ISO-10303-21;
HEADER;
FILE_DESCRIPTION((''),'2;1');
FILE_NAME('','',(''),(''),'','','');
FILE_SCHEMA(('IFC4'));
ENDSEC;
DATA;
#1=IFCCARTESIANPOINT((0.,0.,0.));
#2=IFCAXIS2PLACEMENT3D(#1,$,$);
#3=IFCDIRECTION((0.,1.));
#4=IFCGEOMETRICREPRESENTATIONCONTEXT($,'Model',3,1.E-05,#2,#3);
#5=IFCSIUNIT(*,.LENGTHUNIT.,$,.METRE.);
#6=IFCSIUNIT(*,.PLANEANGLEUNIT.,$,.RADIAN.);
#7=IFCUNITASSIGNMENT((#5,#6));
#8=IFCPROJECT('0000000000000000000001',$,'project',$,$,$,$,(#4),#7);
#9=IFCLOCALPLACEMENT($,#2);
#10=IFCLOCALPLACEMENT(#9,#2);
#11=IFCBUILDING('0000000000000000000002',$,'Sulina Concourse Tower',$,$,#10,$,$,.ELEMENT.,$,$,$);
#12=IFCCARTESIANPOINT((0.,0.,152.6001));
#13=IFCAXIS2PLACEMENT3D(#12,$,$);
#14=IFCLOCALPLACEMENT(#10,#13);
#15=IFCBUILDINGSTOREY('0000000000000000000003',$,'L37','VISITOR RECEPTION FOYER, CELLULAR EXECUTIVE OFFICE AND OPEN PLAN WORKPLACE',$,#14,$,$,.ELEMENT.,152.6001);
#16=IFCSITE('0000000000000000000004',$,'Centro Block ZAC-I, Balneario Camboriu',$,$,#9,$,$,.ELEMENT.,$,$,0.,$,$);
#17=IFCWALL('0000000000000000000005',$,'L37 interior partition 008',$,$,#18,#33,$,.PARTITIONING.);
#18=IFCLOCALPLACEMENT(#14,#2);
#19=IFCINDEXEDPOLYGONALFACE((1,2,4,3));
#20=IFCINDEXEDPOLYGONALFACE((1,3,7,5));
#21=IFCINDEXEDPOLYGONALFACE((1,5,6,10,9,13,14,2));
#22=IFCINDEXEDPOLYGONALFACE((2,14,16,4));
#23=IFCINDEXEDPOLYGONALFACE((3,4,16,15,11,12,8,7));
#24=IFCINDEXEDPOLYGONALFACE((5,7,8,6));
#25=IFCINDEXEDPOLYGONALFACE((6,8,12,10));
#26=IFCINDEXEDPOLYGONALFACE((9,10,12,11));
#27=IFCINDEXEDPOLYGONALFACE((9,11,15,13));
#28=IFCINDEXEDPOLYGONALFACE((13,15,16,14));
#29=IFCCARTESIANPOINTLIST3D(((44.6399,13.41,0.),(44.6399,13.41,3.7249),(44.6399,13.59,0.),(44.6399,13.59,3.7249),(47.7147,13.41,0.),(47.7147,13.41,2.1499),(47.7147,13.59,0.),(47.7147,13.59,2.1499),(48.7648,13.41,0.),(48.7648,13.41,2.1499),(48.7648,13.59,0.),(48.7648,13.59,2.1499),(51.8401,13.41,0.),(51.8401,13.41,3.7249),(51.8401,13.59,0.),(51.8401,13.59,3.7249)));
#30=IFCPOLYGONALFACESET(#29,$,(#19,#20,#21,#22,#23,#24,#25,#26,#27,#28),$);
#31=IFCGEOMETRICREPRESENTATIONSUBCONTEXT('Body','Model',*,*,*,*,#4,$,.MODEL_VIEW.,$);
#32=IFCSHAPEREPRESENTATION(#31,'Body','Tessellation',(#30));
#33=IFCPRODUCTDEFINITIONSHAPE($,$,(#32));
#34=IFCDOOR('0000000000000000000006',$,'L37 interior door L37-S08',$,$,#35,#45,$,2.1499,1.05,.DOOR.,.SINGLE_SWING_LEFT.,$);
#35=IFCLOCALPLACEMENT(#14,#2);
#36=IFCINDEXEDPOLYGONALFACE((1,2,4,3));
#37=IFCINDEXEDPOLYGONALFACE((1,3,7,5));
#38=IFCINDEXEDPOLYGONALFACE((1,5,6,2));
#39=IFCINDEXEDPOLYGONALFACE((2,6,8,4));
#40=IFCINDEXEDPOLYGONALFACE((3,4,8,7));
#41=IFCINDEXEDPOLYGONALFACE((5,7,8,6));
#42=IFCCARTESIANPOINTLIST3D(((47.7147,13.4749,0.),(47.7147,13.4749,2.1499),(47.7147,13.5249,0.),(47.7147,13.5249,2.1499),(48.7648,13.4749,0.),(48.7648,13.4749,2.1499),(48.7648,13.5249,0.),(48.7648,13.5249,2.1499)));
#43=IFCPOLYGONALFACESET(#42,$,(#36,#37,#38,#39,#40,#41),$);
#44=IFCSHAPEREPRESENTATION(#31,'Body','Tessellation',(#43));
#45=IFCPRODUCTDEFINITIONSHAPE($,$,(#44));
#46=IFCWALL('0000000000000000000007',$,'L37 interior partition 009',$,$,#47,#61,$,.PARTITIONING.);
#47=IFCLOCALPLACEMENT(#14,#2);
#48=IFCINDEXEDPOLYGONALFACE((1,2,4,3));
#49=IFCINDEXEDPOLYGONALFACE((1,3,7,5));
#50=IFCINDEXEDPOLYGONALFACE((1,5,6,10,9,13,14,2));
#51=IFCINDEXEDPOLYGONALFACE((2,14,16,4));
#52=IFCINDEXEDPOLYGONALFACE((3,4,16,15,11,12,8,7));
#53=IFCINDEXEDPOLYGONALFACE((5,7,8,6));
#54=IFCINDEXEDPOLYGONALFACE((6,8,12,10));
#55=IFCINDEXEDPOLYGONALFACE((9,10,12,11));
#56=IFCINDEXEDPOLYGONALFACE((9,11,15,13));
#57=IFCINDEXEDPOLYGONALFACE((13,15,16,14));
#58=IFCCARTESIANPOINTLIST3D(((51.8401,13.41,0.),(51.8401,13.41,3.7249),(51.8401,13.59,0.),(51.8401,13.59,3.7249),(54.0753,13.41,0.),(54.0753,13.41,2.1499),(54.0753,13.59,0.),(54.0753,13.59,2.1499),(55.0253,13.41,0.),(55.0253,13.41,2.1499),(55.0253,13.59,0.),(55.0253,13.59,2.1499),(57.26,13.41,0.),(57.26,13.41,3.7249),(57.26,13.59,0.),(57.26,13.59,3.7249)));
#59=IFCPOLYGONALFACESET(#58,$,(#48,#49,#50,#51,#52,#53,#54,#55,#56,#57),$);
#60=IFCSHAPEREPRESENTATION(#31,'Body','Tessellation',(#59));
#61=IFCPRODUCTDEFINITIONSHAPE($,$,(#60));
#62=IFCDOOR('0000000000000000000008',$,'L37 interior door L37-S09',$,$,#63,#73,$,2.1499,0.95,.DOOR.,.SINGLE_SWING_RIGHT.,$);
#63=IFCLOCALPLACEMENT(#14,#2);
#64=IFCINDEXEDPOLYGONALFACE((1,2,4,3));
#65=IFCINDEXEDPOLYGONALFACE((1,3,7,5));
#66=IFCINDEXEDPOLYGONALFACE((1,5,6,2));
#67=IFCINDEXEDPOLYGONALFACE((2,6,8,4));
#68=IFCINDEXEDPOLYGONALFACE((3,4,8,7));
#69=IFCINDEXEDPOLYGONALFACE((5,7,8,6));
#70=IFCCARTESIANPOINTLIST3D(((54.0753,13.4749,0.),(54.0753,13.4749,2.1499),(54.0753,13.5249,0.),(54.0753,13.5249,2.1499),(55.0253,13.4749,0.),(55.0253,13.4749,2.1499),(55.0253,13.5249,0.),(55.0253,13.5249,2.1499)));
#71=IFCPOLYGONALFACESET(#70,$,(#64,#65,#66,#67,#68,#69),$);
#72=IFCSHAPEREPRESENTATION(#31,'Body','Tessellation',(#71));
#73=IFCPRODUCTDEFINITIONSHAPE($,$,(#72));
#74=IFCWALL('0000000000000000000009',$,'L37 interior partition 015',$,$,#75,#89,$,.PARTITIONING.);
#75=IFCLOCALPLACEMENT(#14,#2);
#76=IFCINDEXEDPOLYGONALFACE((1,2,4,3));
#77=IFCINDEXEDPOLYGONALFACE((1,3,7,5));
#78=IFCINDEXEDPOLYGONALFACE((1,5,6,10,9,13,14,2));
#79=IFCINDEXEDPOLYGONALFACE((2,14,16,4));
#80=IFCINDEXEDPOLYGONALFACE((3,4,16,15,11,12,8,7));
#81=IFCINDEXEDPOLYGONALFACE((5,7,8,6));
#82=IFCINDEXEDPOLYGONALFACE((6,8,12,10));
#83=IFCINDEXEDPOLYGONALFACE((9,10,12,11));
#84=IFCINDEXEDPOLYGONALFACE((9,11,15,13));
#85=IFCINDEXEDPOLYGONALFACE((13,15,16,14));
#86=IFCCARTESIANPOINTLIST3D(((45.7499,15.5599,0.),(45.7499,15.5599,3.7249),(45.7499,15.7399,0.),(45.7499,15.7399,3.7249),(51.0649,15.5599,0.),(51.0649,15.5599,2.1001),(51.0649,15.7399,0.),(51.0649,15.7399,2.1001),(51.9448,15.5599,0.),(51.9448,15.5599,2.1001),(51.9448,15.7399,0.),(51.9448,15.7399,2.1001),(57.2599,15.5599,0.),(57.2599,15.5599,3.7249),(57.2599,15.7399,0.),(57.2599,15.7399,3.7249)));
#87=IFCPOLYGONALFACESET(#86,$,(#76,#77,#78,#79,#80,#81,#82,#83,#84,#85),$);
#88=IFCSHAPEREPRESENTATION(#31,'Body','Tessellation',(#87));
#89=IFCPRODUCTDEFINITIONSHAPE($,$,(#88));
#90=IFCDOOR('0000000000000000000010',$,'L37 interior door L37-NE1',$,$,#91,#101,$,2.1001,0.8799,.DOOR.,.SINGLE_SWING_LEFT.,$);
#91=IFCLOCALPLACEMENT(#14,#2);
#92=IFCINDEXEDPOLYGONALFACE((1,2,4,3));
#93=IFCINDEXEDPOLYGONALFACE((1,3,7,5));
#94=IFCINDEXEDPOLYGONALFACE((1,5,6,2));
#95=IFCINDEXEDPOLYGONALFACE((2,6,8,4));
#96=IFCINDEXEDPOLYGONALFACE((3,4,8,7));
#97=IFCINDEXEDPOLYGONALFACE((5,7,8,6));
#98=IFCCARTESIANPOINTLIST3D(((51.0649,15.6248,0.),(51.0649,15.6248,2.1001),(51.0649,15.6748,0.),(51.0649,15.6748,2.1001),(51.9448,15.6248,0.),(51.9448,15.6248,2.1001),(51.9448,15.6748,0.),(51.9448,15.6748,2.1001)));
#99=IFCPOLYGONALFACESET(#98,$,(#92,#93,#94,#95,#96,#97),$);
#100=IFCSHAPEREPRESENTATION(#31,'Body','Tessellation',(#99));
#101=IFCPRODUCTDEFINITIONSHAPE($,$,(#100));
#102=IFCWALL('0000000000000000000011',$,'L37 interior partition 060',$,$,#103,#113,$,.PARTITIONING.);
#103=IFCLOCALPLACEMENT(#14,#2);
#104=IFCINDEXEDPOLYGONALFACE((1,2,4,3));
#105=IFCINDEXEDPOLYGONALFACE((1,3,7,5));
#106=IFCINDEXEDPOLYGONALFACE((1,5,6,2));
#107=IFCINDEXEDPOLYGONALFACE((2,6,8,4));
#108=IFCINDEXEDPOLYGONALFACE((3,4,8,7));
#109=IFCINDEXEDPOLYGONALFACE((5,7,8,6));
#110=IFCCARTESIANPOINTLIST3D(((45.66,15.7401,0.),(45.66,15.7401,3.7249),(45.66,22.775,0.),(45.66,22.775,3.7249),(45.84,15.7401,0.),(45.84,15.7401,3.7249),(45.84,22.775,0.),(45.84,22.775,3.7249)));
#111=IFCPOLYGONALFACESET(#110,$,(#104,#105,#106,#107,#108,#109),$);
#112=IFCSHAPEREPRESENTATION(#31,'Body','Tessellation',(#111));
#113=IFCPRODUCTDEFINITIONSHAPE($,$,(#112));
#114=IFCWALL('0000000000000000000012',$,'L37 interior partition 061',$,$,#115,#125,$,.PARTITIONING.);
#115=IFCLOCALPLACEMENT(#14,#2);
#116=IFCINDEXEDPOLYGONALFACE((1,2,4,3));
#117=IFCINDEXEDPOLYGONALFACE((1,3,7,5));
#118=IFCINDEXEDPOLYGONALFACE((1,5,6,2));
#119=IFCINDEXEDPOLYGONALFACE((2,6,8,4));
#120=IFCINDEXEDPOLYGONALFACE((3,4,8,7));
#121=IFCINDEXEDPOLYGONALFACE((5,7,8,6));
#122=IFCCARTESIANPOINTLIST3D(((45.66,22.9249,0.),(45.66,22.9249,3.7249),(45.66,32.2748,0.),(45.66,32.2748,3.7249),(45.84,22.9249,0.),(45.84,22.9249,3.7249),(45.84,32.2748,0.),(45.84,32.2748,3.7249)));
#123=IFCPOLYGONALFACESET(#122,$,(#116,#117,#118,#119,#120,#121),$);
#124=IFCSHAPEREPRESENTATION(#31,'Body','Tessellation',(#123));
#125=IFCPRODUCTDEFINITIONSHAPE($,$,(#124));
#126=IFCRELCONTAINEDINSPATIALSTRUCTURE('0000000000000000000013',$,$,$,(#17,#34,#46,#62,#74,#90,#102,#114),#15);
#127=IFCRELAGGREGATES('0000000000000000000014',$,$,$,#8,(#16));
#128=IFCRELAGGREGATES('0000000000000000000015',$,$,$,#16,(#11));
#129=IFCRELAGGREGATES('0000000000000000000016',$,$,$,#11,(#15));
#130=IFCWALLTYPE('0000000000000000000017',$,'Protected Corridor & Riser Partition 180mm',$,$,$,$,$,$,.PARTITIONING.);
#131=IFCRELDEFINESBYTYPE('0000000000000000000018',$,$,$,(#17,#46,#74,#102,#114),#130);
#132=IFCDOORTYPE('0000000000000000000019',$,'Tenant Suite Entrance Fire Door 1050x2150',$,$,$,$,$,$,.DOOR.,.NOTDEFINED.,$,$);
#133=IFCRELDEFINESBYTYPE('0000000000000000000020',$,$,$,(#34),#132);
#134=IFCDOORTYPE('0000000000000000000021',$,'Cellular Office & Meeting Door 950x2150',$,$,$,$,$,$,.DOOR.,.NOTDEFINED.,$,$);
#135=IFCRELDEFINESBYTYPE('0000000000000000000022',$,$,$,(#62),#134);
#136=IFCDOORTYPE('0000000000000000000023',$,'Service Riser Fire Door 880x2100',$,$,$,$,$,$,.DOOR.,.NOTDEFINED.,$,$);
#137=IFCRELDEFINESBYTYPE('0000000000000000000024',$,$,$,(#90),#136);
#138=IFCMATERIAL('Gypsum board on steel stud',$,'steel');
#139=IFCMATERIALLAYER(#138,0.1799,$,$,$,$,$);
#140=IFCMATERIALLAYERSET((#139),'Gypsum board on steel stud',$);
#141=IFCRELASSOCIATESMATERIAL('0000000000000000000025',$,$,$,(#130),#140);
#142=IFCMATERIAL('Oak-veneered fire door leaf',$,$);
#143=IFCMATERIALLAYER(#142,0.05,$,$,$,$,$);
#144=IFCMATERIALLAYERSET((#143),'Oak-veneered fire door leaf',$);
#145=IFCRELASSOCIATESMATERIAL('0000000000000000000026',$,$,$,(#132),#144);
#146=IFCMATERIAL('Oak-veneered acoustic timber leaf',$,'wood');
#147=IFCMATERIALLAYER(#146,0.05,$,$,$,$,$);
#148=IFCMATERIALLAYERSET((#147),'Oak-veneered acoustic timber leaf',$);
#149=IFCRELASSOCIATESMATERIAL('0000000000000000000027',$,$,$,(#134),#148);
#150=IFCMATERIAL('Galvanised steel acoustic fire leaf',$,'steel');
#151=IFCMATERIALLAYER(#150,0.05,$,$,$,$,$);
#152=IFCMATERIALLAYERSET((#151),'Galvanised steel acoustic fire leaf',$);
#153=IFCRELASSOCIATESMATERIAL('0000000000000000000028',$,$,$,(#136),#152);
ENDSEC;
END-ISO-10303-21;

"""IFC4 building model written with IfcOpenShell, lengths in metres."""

from ifc_helpers import new_model, si_unit, direction, frame, frame_2d, origin, place, context, subcontext, project, spatial, rectangle, extrude, material, layer, layer_set, type_object, element, fill, save


model = new_model("IFC4")

# Units and contexts
model_context = context("Model", 3, precision=1e-05, world=origin(), true_north=direction((0.0, 1.0)))
body_context = subcontext(model_context, "Body", "Model", "MODEL_VIEW")
ifc_project = project(units=[si_unit("LENGTHUNIT", "METRE"), si_unit("PLANEANGLEUNIT", "RADIAN")], contexts=[model_context])

# Site, building, storey
site_placement = place(None, origin())
site = spatial("IfcSite", under=ifc_project, at=site_placement, Name="Centro Block ZAC-I, Balneario Camboriu", CompositionType="ELEMENT", RefElevation=0.0)
building_placement = place(site_placement, origin())
building = spatial("IfcBuilding", under=site, at=building_placement, Name="Sulina Concourse Tower", CompositionType="ELEMENT")
storey_placement = place(building_placement, frame((0.0, 0.0, 152.6001)))
storey = spatial("IfcBuildingStorey", under=building, at=storey_placement, Name="L37", Description="VISITOR RECEPTION FOYER, CELLULAR EXECUTIVE OFFICE AND OPEN PLAN WORKPLACE", CompositionType="ELEMENT", Elevation=152.6001)

# Walls, openings, doors
ifc_material_1 = material(Name="Gypsum board on steel stud", Category="steel")
ifc_layer_1 = layer(ifc_material_1, 0.1799)
ifc_layer_set_1 = layer_set([ifc_layer_1], Name="Gypsum board on steel stud")
wall_type_1 = type_object("IfcWallType", Name="Protected Corridor & Riser Partition 180mm", PredefinedType="PARTITIONING", material=ifc_layer_set_1)
wall_1_placement = place(storey_placement, frame((44.6399, 13.5, 0.0), z_axis=(0.0, 0.0, 1.0), x_axis=(1.0, 0.0, 0.0)))
wall_1 = element("IfcWall", 1, at=wall_1_placement, inside=storey, type_object=wall_type_1, Name="L37 interior partition 008", PredefinedType="PARTITIONING", context=body_context, shape_type="SweptSolid", body=[
    extrude(rectangle(XDim=7.2002, YDim=0.1799, at=frame_2d((3.6001, 0.0))), origin(), (0.0, 0.0, 1.0), 3.7249),
])
opening_1_placement = place(wall_1_placement, frame((3.075, 0.0, 0.0)))
opening_1 = element("IfcOpeningElement", 2, at=opening_1_placement, cuts=wall_1, PredefinedType="OPENING", context=body_context, shape_type="SweptSolid", body=[
    extrude(rectangle(XDim=1.05, YDim=2.1499, at=frame_2d((0.5249, 1.075))), frame((0.0, 0.0999, 0.0), z_axis=(0.0, -1.0, 0.0), x_axis=(1.0, 0.0, 0.0)), (0.0, 0.0, 1.0), 0.2),
])
ifc_material_2 = material(Name="Oak-veneered fire door leaf")
ifc_layer_2 = layer(ifc_material_2, 0.05)
ifc_layer_set_2 = layer_set([ifc_layer_2], Name="Oak-veneered fire door leaf")
door_type_1 = type_object("IfcDoorType", Name="Tenant Suite Entrance Fire Door 1050x2150", OperationType="NOTDEFINED", PredefinedType="DOOR", material=ifc_layer_set_2)
door_1_placement = place(opening_1_placement, origin())
door_1 = element("IfcDoor", 3, at=door_1_placement, inside=storey, type_object=door_type_1, Name="L37 interior door L37-S08", OperationType="SINGLE_SWING_LEFT", OverallHeight=2.1499, OverallWidth=1.05, PredefinedType="DOOR", context=body_context, shape_type="SweptSolid", body=[
    extrude(rectangle(XDim=1.05, YDim=2.1499, at=frame_2d((0.5249, 1.075))), frame((0.0, 0.0249, 0.0), z_axis=(0.0, -1.0, 0.0), x_axis=(1.0, 0.0, 0.0)), (0.0, 0.0, 1.0), 0.05),
])
fill(opening_1, door_1)
wall_2_placement = place(storey_placement, frame((51.8401, 13.5, 0.0), z_axis=(0.0, 0.0, 1.0), x_axis=(1.0, 0.0, 0.0)))
wall_2 = element("IfcWall", 4, at=wall_2_placement, inside=storey, type_object=wall_type_1, Name="L37 interior partition 009", PredefinedType="PARTITIONING", context=body_context, shape_type="SweptSolid", body=[
    extrude(rectangle(XDim=5.4199, YDim=0.1799, at=frame_2d((2.71, 0.0))), origin(), (0.0, 0.0, 1.0), 3.7249),
])
opening_2_placement = place(wall_2_placement, frame((2.2351, 0.0, 0.0)))
opening_2 = element("IfcOpeningElement", 5, at=opening_2_placement, cuts=wall_2, PredefinedType="OPENING", context=body_context, shape_type="SweptSolid", body=[
    extrude(rectangle(XDim=0.95, YDim=2.1499, at=frame_2d((0.4751, 1.075))), frame((0.0, 0.0999, 0.0), z_axis=(0.0, -1.0, 0.0), x_axis=(1.0, 0.0, 0.0)), (0.0, 0.0, 1.0), 0.2),
])
ifc_material_3 = material(Name="Oak-veneered acoustic timber leaf", Category="wood")
ifc_layer_3 = layer(ifc_material_3, 0.05)
ifc_layer_set_3 = layer_set([ifc_layer_3], Name="Oak-veneered acoustic timber leaf")
door_type_2 = type_object("IfcDoorType", Name="Cellular Office & Meeting Door 950x2150", OperationType="NOTDEFINED", PredefinedType="DOOR", material=ifc_layer_set_3)
door_2_placement = place(opening_2_placement, origin())
door_2 = element("IfcDoor", 6, at=door_2_placement, inside=storey, type_object=door_type_2, Name="L37 interior door L37-S09", OperationType="SINGLE_SWING_RIGHT", OverallHeight=2.1499, OverallWidth=0.95, PredefinedType="DOOR", context=body_context, shape_type="SweptSolid", body=[
    extrude(rectangle(XDim=0.95, YDim=2.1499, at=frame_2d((0.4751, 1.075))), frame((0.0, 0.0249, 0.0), z_axis=(0.0, -1.0, 0.0), x_axis=(1.0, 0.0, 0.0)), (0.0, 0.0, 1.0), 0.05),
])
fill(opening_2, door_2)
wall_3_placement = place(storey_placement, frame((45.75, 15.6499, 0.0), z_axis=(0.0, 0.0, 1.0), x_axis=(1.0, 0.0, 0.0)))
wall_3 = element("IfcWall", 7, at=wall_3_placement, inside=storey, type_object=wall_type_1, Name="L37 interior partition 015", PredefinedType="PARTITIONING", context=body_context, shape_type="SweptSolid", body=[
    extrude(rectangle(XDim=11.51, YDim=0.1799, at=frame_2d((5.7549, 0.0))), origin(), (0.0, 0.0, 1.0), 3.7249),
])
opening_3_placement = place(wall_3_placement, frame((5.3149, 0.0, 0.0)))
opening_3 = element("IfcOpeningElement", 8, at=opening_3_placement, cuts=wall_3, PredefinedType="OPENING", context=body_context, shape_type="SweptSolid", body=[
    extrude(rectangle(XDim=0.8799, YDim=2.1001, at=frame_2d((0.4399, 1.05))), frame((0.0, 0.0999, 0.0), z_axis=(0.0, -1.0, 0.0), x_axis=(1.0, 0.0, 0.0)), (0.0, 0.0, 1.0), 0.2),
])
ifc_material_4 = material(Name="Galvanised steel acoustic fire leaf", Category="steel")
ifc_layer_4 = layer(ifc_material_4, 0.05)
ifc_layer_set_4 = layer_set([ifc_layer_4], Name="Galvanised steel acoustic fire leaf")
door_type_3 = type_object("IfcDoorType", Name="Service Riser Fire Door 880x2100", OperationType="NOTDEFINED", PredefinedType="DOOR", material=ifc_layer_set_4)
door_3_placement = place(opening_3_placement, origin())
door_3 = element("IfcDoor", 9, at=door_3_placement, inside=storey, type_object=door_type_3, Name="L37 interior door L37-NE1", OperationType="SINGLE_SWING_LEFT", OverallHeight=2.1001, OverallWidth=0.8799, PredefinedType="DOOR", context=body_context, shape_type="SweptSolid", body=[
    extrude(rectangle(XDim=0.8799, YDim=2.1001, at=frame_2d((0.4399, 1.05))), frame((0.0, 0.0249, 0.0), z_axis=(0.0, -1.0, 0.0), x_axis=(1.0, 0.0, 0.0)), (0.0, 0.0, 1.0), 0.05),
])
fill(opening_3, door_3)

# Walls
wall_4_placement = place(storey_placement, frame((45.75, 15.74, 0.0), z_axis=(0.0, 0.0, 1.0), x_axis=(0.0, 1.0, 0.0)))
element("IfcWall", 10, at=wall_4_placement, inside=storey, type_object=wall_type_1, Name="L37 interior partition 060", PredefinedType="PARTITIONING", context=body_context, shape_type="SweptSolid", body=[
    extrude(rectangle(XDim=7.0349, YDim=0.1799, at=frame_2d((3.5176, 0.0))), origin(), (0.0, 0.0, 1.0), 3.7249),
])
wall_5_placement = place(storey_placement, frame((45.75, 22.925, 0.0), z_axis=(0.0, 0.0, 1.0), x_axis=(0.0, 1.0, 0.0)))
element("IfcWall", 11, at=wall_5_placement, inside=storey, type_object=wall_type_1, Name="L37 interior partition 061", PredefinedType="PARTITIONING", context=body_context, shape_type="SweptSolid", body=[
    extrude(rectangle(XDim=9.3499, YDim=0.1799, at=frame_2d((4.6748, 0.0))), origin(), (0.0, 0.0, 1.0), 3.7249),
])

save(model, "model.ifc")
